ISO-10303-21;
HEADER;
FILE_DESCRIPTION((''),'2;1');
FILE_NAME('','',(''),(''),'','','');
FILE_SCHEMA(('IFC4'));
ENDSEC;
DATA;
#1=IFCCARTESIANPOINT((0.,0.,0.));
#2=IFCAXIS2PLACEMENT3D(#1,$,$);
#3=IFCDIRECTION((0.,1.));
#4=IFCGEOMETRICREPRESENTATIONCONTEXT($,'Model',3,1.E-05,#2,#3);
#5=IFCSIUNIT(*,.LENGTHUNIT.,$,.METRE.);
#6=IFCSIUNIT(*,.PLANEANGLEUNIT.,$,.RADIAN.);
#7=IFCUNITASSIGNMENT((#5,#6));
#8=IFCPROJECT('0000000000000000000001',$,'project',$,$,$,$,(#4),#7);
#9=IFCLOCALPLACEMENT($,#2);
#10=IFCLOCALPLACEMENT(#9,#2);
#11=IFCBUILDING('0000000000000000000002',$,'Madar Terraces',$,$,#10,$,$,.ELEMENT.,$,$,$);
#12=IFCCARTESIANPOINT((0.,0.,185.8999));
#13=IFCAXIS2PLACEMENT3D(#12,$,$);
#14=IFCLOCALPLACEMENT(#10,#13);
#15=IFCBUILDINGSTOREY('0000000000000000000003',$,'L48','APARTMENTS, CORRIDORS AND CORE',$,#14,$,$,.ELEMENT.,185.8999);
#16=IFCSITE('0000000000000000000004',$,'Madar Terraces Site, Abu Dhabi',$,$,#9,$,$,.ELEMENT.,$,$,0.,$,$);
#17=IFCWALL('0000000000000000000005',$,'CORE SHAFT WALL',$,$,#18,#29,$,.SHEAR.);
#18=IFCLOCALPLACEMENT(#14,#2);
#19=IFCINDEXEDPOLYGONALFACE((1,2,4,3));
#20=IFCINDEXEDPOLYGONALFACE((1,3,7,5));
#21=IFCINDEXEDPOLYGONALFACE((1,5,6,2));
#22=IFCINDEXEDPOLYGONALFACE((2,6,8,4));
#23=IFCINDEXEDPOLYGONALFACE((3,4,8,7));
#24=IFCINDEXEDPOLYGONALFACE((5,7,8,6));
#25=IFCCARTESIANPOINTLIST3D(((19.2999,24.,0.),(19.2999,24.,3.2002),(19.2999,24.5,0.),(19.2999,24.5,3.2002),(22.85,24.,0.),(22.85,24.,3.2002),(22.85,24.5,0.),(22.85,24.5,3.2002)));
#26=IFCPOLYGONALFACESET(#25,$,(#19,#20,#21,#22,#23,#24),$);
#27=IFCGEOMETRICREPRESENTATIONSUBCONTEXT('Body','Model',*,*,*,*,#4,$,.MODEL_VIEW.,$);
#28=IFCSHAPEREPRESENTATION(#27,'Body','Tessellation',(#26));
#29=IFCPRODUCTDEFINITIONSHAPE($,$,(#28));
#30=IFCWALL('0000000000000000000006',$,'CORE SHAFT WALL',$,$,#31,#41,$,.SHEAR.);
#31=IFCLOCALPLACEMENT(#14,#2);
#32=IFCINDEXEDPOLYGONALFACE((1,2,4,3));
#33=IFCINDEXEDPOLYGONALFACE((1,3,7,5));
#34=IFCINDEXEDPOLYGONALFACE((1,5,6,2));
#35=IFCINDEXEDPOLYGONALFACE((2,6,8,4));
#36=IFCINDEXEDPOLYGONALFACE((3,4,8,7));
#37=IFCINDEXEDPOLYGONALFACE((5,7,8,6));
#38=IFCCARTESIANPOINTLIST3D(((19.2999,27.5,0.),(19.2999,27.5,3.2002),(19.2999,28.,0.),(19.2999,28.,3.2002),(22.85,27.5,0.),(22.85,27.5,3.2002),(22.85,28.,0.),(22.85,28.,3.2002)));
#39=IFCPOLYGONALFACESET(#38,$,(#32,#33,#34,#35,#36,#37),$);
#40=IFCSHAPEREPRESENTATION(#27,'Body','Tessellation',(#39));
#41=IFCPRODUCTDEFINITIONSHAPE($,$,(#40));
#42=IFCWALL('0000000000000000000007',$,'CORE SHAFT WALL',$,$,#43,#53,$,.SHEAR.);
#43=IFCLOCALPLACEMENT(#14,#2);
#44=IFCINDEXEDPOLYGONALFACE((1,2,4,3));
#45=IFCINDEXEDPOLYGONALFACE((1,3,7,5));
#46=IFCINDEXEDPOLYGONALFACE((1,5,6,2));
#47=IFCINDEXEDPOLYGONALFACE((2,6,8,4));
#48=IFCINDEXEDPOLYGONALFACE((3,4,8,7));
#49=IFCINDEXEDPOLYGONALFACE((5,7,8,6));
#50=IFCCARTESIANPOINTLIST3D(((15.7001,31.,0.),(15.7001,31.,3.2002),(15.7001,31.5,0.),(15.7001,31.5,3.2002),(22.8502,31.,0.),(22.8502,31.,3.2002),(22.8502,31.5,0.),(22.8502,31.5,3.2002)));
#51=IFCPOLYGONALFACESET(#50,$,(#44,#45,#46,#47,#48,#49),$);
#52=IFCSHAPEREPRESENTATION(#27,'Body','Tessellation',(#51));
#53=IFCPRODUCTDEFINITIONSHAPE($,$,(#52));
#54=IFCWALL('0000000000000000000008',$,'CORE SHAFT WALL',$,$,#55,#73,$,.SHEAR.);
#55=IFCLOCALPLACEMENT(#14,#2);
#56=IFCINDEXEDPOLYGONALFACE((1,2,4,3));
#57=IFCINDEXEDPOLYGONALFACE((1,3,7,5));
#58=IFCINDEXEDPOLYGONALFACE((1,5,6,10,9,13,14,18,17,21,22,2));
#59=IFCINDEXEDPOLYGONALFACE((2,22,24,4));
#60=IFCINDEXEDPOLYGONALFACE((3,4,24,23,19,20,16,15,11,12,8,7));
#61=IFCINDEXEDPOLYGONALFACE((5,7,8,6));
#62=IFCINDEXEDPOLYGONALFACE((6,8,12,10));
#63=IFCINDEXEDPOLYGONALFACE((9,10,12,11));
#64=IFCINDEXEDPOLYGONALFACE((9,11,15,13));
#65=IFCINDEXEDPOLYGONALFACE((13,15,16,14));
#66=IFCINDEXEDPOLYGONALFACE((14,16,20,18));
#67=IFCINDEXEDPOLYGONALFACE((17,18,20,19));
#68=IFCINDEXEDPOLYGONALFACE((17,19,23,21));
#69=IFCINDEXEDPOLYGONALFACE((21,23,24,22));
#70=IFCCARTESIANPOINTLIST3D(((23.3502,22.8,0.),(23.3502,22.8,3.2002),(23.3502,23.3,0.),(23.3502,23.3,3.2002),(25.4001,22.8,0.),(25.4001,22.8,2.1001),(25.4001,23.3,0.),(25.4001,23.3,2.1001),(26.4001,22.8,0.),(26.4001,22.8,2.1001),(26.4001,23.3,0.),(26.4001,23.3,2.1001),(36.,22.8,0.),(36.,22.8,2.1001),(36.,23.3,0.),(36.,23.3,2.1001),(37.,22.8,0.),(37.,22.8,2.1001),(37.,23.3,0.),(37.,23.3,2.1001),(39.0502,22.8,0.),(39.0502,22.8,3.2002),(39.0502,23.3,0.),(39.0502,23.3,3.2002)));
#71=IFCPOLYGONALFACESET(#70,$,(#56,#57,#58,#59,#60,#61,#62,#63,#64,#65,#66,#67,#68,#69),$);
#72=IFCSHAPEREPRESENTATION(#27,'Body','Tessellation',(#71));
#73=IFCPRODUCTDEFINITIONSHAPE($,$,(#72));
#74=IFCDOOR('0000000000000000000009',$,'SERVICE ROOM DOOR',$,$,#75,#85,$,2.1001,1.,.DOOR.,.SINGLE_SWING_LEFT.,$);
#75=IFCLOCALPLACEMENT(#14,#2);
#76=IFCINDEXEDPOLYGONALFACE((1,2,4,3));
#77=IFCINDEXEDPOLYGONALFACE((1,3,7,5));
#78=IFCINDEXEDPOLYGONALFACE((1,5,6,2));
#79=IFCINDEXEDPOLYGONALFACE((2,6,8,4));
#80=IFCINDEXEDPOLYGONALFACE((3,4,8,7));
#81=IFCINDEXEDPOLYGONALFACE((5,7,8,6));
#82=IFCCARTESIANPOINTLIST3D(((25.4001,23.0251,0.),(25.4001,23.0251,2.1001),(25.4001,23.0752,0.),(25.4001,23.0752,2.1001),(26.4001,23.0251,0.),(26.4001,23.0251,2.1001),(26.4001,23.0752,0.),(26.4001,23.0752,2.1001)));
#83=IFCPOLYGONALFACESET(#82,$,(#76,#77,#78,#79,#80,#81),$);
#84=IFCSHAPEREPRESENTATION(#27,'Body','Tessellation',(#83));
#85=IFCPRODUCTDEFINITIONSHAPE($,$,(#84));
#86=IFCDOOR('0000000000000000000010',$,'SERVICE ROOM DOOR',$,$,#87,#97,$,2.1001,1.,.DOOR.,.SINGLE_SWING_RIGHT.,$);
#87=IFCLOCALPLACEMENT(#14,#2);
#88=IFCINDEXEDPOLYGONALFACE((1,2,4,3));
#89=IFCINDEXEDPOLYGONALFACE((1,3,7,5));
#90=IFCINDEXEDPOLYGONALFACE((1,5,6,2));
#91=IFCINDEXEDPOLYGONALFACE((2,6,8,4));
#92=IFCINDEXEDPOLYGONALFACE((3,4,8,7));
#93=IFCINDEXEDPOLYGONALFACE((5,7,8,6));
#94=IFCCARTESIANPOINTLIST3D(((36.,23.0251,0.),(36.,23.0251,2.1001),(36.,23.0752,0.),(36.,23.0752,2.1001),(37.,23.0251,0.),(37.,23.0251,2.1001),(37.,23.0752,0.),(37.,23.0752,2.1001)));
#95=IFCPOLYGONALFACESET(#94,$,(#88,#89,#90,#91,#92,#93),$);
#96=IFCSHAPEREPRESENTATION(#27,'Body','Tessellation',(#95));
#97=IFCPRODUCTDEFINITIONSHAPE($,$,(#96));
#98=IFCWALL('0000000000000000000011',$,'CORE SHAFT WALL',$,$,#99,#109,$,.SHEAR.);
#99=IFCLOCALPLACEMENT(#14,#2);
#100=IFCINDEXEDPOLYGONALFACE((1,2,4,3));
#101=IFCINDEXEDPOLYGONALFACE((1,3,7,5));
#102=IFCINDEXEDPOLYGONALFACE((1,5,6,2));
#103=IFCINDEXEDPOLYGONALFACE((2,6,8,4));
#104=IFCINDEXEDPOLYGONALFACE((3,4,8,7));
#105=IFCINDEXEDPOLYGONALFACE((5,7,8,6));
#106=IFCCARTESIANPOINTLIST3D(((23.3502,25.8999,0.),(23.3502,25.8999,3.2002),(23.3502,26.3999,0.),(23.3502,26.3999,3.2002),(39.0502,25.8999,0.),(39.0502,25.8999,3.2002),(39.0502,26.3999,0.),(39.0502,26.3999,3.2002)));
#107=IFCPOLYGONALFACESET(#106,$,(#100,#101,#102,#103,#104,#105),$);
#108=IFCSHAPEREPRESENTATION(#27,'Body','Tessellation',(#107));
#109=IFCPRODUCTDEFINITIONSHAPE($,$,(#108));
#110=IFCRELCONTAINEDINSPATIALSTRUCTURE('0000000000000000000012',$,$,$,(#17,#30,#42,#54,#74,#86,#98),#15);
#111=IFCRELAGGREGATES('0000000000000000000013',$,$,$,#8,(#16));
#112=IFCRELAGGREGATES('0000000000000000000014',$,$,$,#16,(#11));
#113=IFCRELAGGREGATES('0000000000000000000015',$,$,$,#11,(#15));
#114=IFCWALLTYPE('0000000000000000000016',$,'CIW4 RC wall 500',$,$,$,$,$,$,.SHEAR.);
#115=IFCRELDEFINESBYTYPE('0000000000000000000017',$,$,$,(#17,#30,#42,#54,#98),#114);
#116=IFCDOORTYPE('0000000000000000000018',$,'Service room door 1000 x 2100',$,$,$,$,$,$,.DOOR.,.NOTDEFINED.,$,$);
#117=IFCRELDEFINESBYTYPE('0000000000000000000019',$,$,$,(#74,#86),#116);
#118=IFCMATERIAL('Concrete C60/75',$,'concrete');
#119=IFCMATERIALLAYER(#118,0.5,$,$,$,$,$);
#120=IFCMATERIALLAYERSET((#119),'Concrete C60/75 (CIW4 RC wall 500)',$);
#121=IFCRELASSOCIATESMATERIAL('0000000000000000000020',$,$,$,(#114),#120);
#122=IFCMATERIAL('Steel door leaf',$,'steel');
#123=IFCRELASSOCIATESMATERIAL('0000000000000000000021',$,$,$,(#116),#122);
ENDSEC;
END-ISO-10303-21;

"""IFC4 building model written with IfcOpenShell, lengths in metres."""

from ifc_helpers import new_model, si_unit, direction, frame, frame_2d, origin, place, context, subcontext, project, spatial, rectangle, extrude, material, layer, layer_set, type_object, element, fill, save


model = new_model("IFC4")

# Units and contexts
model_context = context("Model", 3, precision=1e-05, world=origin(), true_north=direction((0.0, 1.0)))
body_context = subcontext(model_context, "Body", "Model", "MODEL_VIEW")
ifc_project = project(units=[si_unit("LENGTHUNIT", "METRE"), si_unit("PLANEANGLEUNIT", "RADIAN")], contexts=[model_context])

# Site, building, storey
site_placement = place(None, origin())
site = spatial("IfcSite", under=ifc_project, at=site_placement, Name="Madar Terraces Site, Abu Dhabi", CompositionType="ELEMENT", RefElevation=0.0)
building_placement = place(site_placement, origin())
building = spatial("IfcBuilding", under=site, at=building_placement, Name="Madar Terraces", CompositionType="ELEMENT")
storey_placement = place(building_placement, frame((0.0, 0.0, 185.8999)))
storey = spatial("IfcBuildingStorey", under=building, at=storey_placement, Name="L48", Description="APARTMENTS, CORRIDORS AND CORE", CompositionType="ELEMENT", Elevation=185.8999)

# Walls
ifc_material_1 = material(Name="Concrete C60/75", Category="concrete")
ifc_layer_1 = layer(ifc_material_1, 0.5)
ifc_layer_set_1 = layer_set([ifc_layer_1], Name="Concrete C60/75 (CIW4 RC wall 500)")
wall_type_1 = type_object("IfcWallType", Name="CIW4 RC wall 500", PredefinedType="SHEAR", material=ifc_layer_set_1)
for number, where, z_axis, x_axis, name in (
    (1, (19.3, 24.25, 0.0), (0.0, 0.0, 1.0), (1.0, 0.0, 0.0), "CORE SHAFT WALL"),
    (2, (19.3, 27.75, 0.0), (0.0, 0.0, 1.0), (1.0, 0.0, 0.0), "CORE SHAFT WALL"),
):
    element("IfcWall", number, at=place(storey_placement, frame(where, z_axis=z_axis, x_axis=x_axis)), inside=storey, type_object=wall_type_1, Name=name, PredefinedType="SHEAR", context=body_context, shape_type="SweptSolid", body=[
        extrude(rectangle(XDim=3.55, YDim=0.5, at=frame_2d((1.7749, 0.0))), origin(), (0.0, 0.0, 1.0), 3.2002),
    ])
wall_1_placement = place(storey_placement, frame((15.7, 31.25, 0.0), z_axis=(0.0, 0.0, 1.0), x_axis=(1.0, 0.0, 0.0)))
element("IfcWall", 3, at=wall_1_placement, inside=storey, type_object=wall_type_1, Name="CORE SHAFT WALL", PredefinedType="SHEAR", context=body_context, shape_type="SweptSolid", body=[
    extrude(rectangle(XDim=7.1501, YDim=0.5, at=frame_2d((3.5752, 0.0))), origin(), (0.0, 0.0, 1.0), 3.2002),
])

# Wall, openings, doors
wall_2_placement = place(storey_placement, frame((23.3501, 23.05, 0.0), z_axis=(0.0, 0.0, 1.0), x_axis=(1.0, 0.0, 0.0)))
wall_2 = element("IfcWall", 4, at=wall_2_placement, inside=storey, type_object=wall_type_1, Name="CORE SHAFT WALL", PredefinedType="SHEAR", context=body_context, shape_type="SweptSolid", body=[
    extrude(rectangle(XDim=15.7, YDim=0.5, at=frame_2d((7.8501, 0.0))), origin(), (0.0, 0.0, 1.0), 3.2002),
])
opening_1_placement = place(wall_2_placement, frame((2.05, 0.0, 0.0)))
opening_1 = element("IfcOpeningElement", 5, at=opening_1_placement, cuts=wall_2, PredefinedType="OPENING", context=body_context, shape_type="SweptSolid", body=[
    extrude(rectangle(XDim=1.0, YDim=2.1001, at=frame_2d((0.5, 1.05))), frame((0.0, 0.26, 0.0), z_axis=(0.0, -1.0, 0.0), x_axis=(1.0, 0.0, 0.0)), (0.0, 0.0, 1.0), 0.52),
])
opening_2_placement = place(wall_2_placement, frame((12.6499, 0.0, 0.0)))
opening_2 = element("IfcOpeningElement", 6, at=opening_2_placement, cuts=wall_2, PredefinedType="OPENING", context=body_context, shape_type="SweptSolid", body=[
    extrude(rectangle(XDim=1.0, YDim=2.1001, at=frame_2d((0.5, 1.05))), frame((0.0, 0.26, 0.0), z_axis=(0.0, -1.0, 0.0), x_axis=(1.0, 0.0, 0.0)), (0.0, 0.0, 1.0), 0.52),
])
ifc_material_2 = material(Name="Steel door leaf", Category="steel")
door_type_1 = type_object("IfcDoorType", Name="Service room door 1000 x 2100", OperationType="NOTDEFINED", PredefinedType="DOOR", material=ifc_material_2)
door_1_placement = place(opening_1_placement, frame((1.0, 0.0, 0.0), z_axis=(0.0, 0.0, 1.0), x_axis=(-1.0, 0.0, 0.0)))
door_1 = element("IfcDoor", 7, at=door_1_placement, inside=storey, type_object=door_type_1, Name="SERVICE ROOM DOOR", OperationType="SINGLE_SWING_LEFT", OverallHeight=2.1001, OverallWidth=1.0, PredefinedType="DOOR", context=body_context, shape_type="SweptSolid", body=[
    extrude(rectangle(XDim=1.0, YDim=2.1001, at=frame_2d((0.5, 1.05))), frame((0.0, 0.0249, 0.0), z_axis=(0.0, -1.0, 0.0), x_axis=(1.0, 0.0, 0.0)), (0.0, 0.0, 1.0), 0.05),
])
fill(opening_1, door_1)
door_2_placement = place(opening_2_placement, frame((1.0, 0.0, 0.0), z_axis=(0.0, 0.0, 1.0), x_axis=(-1.0, 0.0, 0.0)))
door_2 = element("IfcDoor", 8, at=door_2_placement, inside=storey, type_object=door_type_1, Name="SERVICE ROOM DOOR", OperationType="SINGLE_SWING_RIGHT", OverallHeight=2.1001, OverallWidth=1.0, PredefinedType="DOOR", context=body_context, shape_type="SweptSolid", body=[
    extrude(rectangle(XDim=1.0, YDim=2.1001, at=frame_2d((0.5, 1.05))), frame((0.0, 0.0249, 0.0), z_axis=(0.0, -1.0, 0.0), x_axis=(1.0, 0.0, 0.0)), (0.0, 0.0, 1.0), 0.05),
])
fill(opening_2, door_2)

# Wall
wall_3_placement = place(storey_placement, frame((23.3501, 26.1499, 0.0), z_axis=(0.0, 0.0, 1.0), x_axis=(1.0, 0.0, 0.0)))
element("IfcWall", 9, at=wall_3_placement, inside=storey, type_object=wall_type_1, Name="CORE SHAFT WALL", PredefinedType="SHEAR", context=body_context, shape_type="SweptSolid", body=[
    extrude(rectangle(XDim=15.7, YDim=0.5, at=frame_2d((7.8501, 0.0))), origin(), (0.0, 0.0, 1.0), 3.2002),
])

save(model, "model.ifc")
